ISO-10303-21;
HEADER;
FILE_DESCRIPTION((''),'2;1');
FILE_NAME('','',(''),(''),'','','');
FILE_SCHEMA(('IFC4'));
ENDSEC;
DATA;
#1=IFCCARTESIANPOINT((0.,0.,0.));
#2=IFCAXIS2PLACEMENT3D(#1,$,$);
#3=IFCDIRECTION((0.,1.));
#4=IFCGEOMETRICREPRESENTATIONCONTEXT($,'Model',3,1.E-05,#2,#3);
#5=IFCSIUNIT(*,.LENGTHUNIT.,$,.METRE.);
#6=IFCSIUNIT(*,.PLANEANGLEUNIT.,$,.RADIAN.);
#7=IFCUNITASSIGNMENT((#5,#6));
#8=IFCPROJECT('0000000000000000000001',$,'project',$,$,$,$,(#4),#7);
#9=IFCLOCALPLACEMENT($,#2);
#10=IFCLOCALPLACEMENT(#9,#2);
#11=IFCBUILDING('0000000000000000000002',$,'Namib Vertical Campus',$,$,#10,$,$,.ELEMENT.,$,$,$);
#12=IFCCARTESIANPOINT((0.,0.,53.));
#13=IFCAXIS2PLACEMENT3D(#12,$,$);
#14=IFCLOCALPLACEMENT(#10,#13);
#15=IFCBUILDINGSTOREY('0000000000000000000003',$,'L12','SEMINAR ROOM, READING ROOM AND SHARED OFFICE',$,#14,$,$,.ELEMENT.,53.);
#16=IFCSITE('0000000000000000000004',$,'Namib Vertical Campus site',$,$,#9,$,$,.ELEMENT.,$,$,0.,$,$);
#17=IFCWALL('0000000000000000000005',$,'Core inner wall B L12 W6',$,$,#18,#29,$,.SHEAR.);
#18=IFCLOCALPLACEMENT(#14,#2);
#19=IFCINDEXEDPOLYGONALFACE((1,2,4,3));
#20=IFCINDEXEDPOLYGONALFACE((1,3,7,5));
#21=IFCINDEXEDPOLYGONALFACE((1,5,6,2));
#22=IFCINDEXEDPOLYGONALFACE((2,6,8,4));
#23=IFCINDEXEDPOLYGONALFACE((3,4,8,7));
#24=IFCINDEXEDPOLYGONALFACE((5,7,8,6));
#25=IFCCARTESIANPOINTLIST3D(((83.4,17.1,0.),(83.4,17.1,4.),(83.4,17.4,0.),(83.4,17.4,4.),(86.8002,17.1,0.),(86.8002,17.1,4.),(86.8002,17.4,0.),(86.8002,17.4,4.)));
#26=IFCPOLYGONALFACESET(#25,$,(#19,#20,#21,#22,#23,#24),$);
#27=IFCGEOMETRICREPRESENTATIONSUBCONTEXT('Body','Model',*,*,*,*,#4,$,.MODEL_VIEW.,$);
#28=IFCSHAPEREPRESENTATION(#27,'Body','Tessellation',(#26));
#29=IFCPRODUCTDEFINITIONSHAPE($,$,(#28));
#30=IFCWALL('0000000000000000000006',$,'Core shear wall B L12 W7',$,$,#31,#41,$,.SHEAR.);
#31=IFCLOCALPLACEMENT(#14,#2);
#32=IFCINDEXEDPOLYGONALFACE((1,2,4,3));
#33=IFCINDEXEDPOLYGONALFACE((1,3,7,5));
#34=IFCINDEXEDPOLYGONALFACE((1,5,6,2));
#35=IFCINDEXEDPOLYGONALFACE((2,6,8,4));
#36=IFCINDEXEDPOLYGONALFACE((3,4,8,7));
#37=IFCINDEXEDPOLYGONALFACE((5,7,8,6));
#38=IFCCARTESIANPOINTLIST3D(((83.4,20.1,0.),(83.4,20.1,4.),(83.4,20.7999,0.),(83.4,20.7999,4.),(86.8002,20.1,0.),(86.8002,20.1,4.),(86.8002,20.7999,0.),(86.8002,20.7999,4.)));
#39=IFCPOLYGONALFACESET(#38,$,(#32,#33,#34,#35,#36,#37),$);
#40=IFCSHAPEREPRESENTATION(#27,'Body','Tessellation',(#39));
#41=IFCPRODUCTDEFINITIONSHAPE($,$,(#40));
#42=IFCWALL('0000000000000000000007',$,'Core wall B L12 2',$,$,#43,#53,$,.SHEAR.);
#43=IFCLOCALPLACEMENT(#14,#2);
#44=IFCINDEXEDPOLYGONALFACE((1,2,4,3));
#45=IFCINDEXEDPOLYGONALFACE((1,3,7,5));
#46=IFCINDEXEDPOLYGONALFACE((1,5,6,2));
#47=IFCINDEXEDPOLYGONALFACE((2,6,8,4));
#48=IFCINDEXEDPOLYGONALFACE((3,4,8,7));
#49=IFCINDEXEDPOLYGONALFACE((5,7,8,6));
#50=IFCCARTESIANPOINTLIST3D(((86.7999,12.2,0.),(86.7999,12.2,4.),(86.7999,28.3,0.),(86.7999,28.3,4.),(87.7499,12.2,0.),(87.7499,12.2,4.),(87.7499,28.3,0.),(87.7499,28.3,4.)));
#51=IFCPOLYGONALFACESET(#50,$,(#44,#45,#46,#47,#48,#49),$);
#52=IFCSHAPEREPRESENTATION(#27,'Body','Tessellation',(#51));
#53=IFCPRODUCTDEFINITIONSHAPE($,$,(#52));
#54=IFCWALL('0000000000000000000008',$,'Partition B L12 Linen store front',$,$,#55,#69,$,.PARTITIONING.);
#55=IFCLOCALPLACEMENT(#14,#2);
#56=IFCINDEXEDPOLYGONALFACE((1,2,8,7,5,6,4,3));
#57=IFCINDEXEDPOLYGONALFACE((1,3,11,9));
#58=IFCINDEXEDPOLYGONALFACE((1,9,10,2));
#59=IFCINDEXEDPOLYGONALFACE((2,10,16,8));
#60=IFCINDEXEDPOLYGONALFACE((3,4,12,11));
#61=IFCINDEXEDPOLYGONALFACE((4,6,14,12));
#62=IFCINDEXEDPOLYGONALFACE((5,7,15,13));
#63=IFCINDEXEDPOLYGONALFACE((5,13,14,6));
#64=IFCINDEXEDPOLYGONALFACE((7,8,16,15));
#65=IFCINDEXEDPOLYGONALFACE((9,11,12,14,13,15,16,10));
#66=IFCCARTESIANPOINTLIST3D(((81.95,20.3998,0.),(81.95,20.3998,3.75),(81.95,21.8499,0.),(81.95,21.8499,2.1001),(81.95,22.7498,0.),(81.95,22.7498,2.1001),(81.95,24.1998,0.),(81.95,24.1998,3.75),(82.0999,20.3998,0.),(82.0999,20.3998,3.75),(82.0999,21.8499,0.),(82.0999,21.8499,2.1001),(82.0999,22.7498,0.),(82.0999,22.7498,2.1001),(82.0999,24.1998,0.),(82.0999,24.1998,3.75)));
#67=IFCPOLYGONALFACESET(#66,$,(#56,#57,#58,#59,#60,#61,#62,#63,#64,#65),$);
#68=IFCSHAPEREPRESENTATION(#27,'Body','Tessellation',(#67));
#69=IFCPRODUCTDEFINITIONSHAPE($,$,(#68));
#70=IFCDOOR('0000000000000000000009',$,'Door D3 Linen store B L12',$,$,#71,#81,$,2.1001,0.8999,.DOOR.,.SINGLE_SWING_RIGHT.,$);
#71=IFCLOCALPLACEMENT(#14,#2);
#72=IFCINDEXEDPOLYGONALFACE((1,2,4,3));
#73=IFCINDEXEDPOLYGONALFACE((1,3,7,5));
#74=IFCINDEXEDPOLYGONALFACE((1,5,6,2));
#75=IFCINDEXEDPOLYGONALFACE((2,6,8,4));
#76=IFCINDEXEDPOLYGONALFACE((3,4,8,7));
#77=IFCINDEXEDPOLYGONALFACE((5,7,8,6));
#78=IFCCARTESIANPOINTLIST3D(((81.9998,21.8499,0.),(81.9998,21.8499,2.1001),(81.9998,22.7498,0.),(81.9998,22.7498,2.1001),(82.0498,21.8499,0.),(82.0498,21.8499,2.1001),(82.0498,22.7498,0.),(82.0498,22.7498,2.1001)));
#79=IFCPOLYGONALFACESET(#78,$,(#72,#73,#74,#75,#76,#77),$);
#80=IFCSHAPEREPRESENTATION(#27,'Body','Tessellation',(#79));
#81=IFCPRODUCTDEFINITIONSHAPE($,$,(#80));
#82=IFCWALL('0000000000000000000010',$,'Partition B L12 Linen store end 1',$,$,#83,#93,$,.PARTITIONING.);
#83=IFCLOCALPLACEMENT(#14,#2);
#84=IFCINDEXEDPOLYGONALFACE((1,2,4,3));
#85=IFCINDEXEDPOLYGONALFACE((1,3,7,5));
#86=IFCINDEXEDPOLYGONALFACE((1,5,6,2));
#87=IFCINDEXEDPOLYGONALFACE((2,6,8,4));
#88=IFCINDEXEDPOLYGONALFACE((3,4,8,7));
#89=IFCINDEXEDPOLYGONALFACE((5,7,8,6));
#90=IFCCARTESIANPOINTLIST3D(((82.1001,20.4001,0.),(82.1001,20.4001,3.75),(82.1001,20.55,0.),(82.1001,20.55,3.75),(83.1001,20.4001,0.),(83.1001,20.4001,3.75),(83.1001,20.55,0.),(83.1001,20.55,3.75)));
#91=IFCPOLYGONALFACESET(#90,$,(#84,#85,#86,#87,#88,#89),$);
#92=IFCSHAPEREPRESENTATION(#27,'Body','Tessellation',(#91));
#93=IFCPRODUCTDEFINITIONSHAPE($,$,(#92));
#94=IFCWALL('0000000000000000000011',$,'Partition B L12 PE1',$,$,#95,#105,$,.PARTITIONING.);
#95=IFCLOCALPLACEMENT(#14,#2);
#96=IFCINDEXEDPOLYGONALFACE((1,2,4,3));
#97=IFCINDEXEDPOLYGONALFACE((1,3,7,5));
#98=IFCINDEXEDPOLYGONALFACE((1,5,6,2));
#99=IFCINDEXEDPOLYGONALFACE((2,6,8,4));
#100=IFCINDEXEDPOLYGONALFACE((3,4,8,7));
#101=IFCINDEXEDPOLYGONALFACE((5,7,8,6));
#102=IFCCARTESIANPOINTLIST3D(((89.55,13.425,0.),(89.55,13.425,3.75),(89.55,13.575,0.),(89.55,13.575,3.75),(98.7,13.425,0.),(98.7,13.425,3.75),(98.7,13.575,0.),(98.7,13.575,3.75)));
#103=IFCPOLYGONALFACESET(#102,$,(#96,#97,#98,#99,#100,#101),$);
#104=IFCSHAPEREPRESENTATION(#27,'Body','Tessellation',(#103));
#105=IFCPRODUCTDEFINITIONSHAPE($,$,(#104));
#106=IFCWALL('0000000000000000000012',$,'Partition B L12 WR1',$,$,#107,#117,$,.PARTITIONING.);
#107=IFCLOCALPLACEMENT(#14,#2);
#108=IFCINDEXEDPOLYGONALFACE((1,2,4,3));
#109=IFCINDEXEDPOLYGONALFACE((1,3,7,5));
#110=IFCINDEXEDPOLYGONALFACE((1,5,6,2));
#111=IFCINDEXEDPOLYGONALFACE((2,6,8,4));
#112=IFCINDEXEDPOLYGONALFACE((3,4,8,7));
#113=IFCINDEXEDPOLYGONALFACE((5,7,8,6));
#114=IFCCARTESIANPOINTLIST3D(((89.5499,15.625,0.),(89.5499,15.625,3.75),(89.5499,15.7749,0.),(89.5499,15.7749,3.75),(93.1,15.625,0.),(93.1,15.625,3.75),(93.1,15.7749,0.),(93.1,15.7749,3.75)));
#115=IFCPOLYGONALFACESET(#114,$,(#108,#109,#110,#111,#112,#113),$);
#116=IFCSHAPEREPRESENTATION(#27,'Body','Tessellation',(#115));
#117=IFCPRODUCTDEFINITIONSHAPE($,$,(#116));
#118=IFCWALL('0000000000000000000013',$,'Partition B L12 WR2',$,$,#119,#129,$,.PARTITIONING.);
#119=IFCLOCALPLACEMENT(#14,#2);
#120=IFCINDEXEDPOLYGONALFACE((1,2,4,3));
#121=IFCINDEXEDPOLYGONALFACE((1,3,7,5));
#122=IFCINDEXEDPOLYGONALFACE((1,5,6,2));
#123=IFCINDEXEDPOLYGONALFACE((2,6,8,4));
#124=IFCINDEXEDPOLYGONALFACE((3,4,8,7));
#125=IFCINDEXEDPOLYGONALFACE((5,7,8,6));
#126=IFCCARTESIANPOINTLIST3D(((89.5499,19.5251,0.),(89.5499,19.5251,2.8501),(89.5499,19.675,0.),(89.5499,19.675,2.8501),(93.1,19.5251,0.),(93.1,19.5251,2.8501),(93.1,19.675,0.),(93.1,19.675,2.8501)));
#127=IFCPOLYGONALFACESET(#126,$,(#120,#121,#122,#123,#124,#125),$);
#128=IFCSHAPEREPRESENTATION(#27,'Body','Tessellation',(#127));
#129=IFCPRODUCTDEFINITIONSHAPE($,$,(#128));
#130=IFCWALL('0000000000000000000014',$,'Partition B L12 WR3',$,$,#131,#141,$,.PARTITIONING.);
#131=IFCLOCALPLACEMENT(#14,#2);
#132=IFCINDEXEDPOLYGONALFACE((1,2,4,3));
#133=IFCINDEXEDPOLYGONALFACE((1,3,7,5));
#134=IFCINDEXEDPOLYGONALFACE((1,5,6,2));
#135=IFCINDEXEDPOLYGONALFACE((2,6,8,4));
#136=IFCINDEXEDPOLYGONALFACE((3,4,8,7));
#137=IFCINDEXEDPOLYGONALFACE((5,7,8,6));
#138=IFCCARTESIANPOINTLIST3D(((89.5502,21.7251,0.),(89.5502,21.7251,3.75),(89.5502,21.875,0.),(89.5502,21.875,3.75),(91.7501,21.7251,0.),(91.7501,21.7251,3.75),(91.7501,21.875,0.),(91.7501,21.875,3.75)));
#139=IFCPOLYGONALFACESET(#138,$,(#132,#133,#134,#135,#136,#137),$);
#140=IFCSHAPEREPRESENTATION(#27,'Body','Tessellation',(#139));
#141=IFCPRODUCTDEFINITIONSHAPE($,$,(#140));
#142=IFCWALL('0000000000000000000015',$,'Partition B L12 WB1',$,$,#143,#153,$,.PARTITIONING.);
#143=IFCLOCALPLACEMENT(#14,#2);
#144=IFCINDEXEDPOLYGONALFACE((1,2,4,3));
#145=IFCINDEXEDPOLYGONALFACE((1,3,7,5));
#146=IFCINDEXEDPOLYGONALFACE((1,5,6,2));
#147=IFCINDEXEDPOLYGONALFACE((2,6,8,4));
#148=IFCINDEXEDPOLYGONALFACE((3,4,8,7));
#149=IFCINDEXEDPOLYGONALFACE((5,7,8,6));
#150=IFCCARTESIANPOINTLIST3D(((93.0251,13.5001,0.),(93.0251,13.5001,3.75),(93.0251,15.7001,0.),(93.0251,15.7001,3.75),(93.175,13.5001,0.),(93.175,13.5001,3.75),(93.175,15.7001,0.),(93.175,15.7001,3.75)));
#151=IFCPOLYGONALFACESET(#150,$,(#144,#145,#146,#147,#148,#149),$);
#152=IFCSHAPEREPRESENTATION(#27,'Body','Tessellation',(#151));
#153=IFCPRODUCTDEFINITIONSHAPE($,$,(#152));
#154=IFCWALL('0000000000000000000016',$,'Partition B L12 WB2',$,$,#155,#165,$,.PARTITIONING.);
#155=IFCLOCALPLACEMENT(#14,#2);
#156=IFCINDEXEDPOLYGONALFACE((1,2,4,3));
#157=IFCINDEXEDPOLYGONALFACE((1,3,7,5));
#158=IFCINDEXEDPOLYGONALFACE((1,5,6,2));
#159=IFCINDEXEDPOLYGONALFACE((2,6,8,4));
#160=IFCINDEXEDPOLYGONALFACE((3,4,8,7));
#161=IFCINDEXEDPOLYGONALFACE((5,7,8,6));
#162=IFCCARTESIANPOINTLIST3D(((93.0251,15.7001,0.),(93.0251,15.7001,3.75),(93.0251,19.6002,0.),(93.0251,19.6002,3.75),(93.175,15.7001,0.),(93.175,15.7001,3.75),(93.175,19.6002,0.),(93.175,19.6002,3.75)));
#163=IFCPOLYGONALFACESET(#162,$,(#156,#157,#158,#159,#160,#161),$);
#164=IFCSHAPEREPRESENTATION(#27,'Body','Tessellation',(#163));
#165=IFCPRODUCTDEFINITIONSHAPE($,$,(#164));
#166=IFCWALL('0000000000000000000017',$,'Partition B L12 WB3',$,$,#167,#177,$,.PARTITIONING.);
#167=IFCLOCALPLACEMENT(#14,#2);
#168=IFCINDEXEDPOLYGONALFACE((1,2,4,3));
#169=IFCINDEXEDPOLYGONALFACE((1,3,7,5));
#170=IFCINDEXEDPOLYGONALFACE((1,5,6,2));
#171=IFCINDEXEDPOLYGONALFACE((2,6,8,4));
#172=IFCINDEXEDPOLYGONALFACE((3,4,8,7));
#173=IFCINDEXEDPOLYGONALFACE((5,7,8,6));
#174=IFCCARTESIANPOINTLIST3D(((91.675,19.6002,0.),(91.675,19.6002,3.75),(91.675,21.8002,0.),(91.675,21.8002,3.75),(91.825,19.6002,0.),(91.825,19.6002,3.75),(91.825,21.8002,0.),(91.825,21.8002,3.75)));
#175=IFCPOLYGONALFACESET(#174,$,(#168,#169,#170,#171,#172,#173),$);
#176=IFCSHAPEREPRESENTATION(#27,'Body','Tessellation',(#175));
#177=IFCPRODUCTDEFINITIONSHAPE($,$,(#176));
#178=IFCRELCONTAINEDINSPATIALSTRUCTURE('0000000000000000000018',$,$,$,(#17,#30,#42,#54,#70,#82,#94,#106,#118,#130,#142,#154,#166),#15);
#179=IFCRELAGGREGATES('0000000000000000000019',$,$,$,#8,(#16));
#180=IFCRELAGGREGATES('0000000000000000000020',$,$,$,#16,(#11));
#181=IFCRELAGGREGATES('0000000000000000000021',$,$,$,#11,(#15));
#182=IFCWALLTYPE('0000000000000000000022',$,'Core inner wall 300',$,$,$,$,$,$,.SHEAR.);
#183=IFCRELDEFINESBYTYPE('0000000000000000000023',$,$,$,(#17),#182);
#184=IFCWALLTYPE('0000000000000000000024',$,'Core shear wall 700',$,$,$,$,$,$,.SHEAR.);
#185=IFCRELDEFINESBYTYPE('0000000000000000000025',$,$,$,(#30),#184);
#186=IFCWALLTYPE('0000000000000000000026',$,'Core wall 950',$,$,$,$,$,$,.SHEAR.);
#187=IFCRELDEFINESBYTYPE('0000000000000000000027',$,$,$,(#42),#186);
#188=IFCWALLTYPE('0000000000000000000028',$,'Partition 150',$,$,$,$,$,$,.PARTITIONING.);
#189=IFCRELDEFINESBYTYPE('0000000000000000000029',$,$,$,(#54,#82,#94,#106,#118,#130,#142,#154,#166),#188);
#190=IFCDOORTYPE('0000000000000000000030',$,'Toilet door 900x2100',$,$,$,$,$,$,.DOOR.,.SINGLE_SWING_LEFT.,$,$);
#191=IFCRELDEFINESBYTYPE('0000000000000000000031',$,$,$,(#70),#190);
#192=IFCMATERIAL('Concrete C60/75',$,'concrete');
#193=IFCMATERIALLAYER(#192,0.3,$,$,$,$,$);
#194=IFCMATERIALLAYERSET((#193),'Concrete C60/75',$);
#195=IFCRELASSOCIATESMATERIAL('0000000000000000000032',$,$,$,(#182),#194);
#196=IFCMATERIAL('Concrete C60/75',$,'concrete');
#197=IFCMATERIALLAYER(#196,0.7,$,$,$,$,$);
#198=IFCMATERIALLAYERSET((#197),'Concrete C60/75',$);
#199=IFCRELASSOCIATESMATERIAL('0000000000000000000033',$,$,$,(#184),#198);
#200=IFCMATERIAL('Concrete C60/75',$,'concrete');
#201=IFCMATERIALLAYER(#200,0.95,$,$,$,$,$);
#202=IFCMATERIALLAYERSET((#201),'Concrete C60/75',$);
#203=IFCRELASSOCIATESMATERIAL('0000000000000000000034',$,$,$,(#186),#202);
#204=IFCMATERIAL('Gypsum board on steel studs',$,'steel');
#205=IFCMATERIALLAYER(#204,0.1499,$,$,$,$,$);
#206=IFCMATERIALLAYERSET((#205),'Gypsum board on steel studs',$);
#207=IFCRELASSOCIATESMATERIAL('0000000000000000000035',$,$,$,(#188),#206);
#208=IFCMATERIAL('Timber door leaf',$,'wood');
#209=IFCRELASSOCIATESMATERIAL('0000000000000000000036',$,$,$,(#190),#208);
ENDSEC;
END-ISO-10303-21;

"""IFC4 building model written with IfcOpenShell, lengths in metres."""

from ifc_helpers import new_model, si_unit, direction, frame, frame_2d, origin, place, context, subcontext, project, spatial, rectangle, extrude, material, layer, layer_set, type_object, element, fill, save


model = new_model("IFC4")

# Units and contexts
model_context = context("Model", 3, precision=1e-05, world=origin(), true_north=direction((0.0, 1.0)))
body_context = subcontext(model_context, "Body", "Model", "MODEL_VIEW")
ifc_project = project(units=[si_unit("LENGTHUNIT", "METRE"), si_unit("PLANEANGLEUNIT", "RADIAN")], contexts=[model_context])

# Site, building, storey
site_placement = place(None, origin())
site = spatial("IfcSite", under=ifc_project, at=site_placement, Name="Namib Vertical Campus site", CompositionType="ELEMENT", RefElevation=0.0)
building_placement = place(site_placement, origin())
building = spatial("IfcBuilding", under=site, at=building_placement, Name="Namib Vertical Campus", CompositionType="ELEMENT")
storey_placement = place(building_placement, frame((0.0, 0.0, 53.0)))
storey = spatial("IfcBuildingStorey", under=building, at=storey_placement, Name="L12", Description="SEMINAR ROOM, READING ROOM AND SHARED OFFICE", CompositionType="ELEMENT", Elevation=53.0)

# Shared definitions
ifc_material_1 = material(Name="Concrete C60/75", Category="concrete")
ifc_layer_1 = layer(ifc_material_1, 0.3)
ifc_layer_set_1 = layer_set([ifc_layer_1], Name="Concrete C60/75")
wall_type_1 = type_object("IfcWallType", Name="Core inner wall 300", PredefinedType="SHEAR", material=ifc_layer_set_1)

# Walls
for number, where, z_axis, x_axis, name in (
    (1, (83.3999, 17.25, 0.0), (0.0, 0.0, 1.0), (1.0, 0.0, 0.0), "Core inner wall B L12 W6"),
):
    element("IfcWall", number, at=place(storey_placement, frame(where, z_axis=z_axis, x_axis=x_axis)), inside=storey, type_object=wall_type_1, Name=name, PredefinedType="SHEAR", context=body_context, shape_type="SweptSolid", body=[
        extrude(rectangle(XDim=3.4001, YDim=0.3, at=frame_2d((1.7002, 0.0))), origin(), (0.0, 0.0, 1.0), 4.0),
    ])
ifc_material_2 = material(Name="Concrete C60/75", Category="concrete")
ifc_layer_2 = layer(ifc_material_2, 0.7)
ifc_layer_set_2 = layer_set([ifc_layer_2], Name="Concrete C60/75")
wall_type_2 = type_object("IfcWallType", Name="Core shear wall 700", PredefinedType="SHEAR", material=ifc_layer_set_2)
wall_1_placement = place(storey_placement, frame((83.3999, 20.45, 0.0), z_axis=(0.0, 0.0, 1.0), x_axis=(1.0, 0.0, 0.0)))
element("IfcWall", 2, at=wall_1_placement, inside=storey, type_object=wall_type_2, Name="Core shear wall B L12 W7", PredefinedType="SHEAR", context=body_context, shape_type="SweptSolid", body=[
    extrude(rectangle(XDim=3.4001, YDim=0.7, at=frame_2d((1.7002, 0.0))), origin(), (0.0, 0.0, 1.0), 4.0),
])
ifc_material_3 = material(Name="Concrete C60/75", Category="concrete")
ifc_layer_3 = layer(ifc_material_3, 0.95)
ifc_layer_set_3 = layer_set([ifc_layer_3], Name="Concrete C60/75")
wall_type_3 = type_object("IfcWallType", Name="Core wall 950", PredefinedType="SHEAR", material=ifc_layer_set_3)
wall_2_placement = place(storey_placement, frame((87.2749, 12.2, 0.0), z_axis=(0.0, 0.0, 1.0), x_axis=(0.0, 1.0, 0.0)))
element("IfcWall", 3, at=wall_2_placement, inside=storey, type_object=wall_type_3, Name="Core wall B L12 2", PredefinedType="SHEAR", context=body_context, shape_type="SweptSolid", body=[
    extrude(rectangle(XDim=16.1001, YDim=0.95, at=frame_2d((8.05, 0.0))), origin(), (0.0, 0.0, 1.0), 4.0),
])

# Wall, opening, door
ifc_material_4 = material(Name="Gypsum board on steel studs", Category="steel")
ifc_layer_4 = layer(ifc_material_4, 0.1499)
ifc_layer_set_4 = layer_set([ifc_layer_4], Name="Gypsum board on steel studs")
wall_type_4 = type_object("IfcWallType", Name="Partition 150", PredefinedType="PARTITIONING", material=ifc_layer_set_4)
wall_3_placement = place(storey_placement, frame((82.0249, 20.3999, 0.0), z_axis=(0.0, 0.0, 1.0), x_axis=(0.0, 1.0, 0.0)))
wall_3 = element("IfcWall", 4, at=wall_3_placement, inside=storey, type_object=wall_type_4, Name="Partition B L12 Linen store front", PredefinedType="PARTITIONING", context=body_context, shape_type="SweptSolid", body=[
    extrude(rectangle(XDim=3.8, YDim=0.1499, at=frame_2d((1.8999, 0.0))), origin(), (0.0, 0.0, 1.0), 3.75),
])
opening_1_placement = place(wall_3_placement, frame((1.45, 0.0, 0.0)))
opening_1 = element("IfcOpeningElement", 5, at=opening_1_placement, cuts=wall_3, PredefinedType="OPENING", context=body_context, shape_type="SweptSolid", body=[
    extrude(rectangle(XDim=0.8999, YDim=2.1001, at=frame_2d((0.45, 1.05))), frame((0.0, 0.085, 0.0), z_axis=(0.0, -1.0, 0.0), x_axis=(1.0, 0.0, 0.0)), (0.0, 0.0, 1.0), 0.1699),
])
ifc_material_5 = material(Name="Timber door leaf", Category="wood")
door_type_1 = type_object("IfcDoorType", Name="Toilet door 900x2100", OperationType="SINGLE_SWING_LEFT", PredefinedType="DOOR", material=ifc_material_5)
door_1_placement = place(opening_1_placement, frame((0.8999, 0.0, 0.0), z_axis=(0.0, 0.0, 1.0), x_axis=(-1.0, 0.0, 0.0)))
door_1 = element("IfcDoor", 6, at=door_1_placement, inside=storey, type_object=door_type_1, Name="Door D3 Linen store B L12", OperationType="SINGLE_SWING_RIGHT", OverallHeight=2.1001, OverallWidth=0.8999, PredefinedType="DOOR", context=body_context, shape_type="SweptSolid", body=[
    extrude(rectangle(XDim=0.8999, YDim=2.1001, at=frame_2d((0.45, 1.05))), frame((0.0, 0.0249, 0.0), z_axis=(0.0, -1.0, 0.0), x_axis=(1.0, 0.0, 0.0)), (0.0, 0.0, 1.0), 0.05),
])
fill(opening_1, door_1)

# Walls
wall_4_placement = place(storey_placement, frame((82.1001, 20.4751, 0.0), z_axis=(0.0, 0.0, 1.0), x_axis=(1.0, 0.0, 0.0)))
element("IfcWall", 7, at=wall_4_placement, inside=storey, type_object=wall_type_4, Name="Partition B L12 Linen store end 1", PredefinedType="PARTITIONING", context=body_context, shape_type="SweptSolid", body=[
    extrude(rectangle(XDim=1.0, YDim=0.1499, at=frame_2d((0.5, 0.0))), origin(), (0.0, 0.0, 1.0), 3.75),
])
wall_5_placement = place(storey_placement, frame((89.55, 13.5, 0.0), z_axis=(0.0, 0.0, 1.0), x_axis=(1.0, 0.0, 0.0)))
element("IfcWall", 8, at=wall_5_placement, inside=storey, type_object=wall_type_4, Name="Partition B L12 PE1", PredefinedType="PARTITIONING", context=body_context, shape_type="SweptSolid", body=[
    extrude(rectangle(XDim=9.1499, YDim=0.1499, at=frame_2d((4.575, 0.0))), origin(), (0.0, 0.0, 1.0), 3.75),
])
wall_6_placement = place(storey_placement, frame((89.55, 15.7, 0.0), z_axis=(0.0, 0.0, 1.0), x_axis=(1.0, 0.0, 0.0)))
element("IfcWall", 9, at=wall_6_placement, inside=storey, type_object=wall_type_4, Name="Partition B L12 WR1", PredefinedType="PARTITIONING", context=body_context, shape_type="SweptSolid", body=[
    extrude(rectangle(XDim=3.55, YDim=0.1499, at=frame_2d((1.7749, 0.0))), origin(), (0.0, 0.0, 1.0), 3.75),
])
wall_7_placement = place(storey_placement, frame((89.55, 19.6001, 0.0), z_axis=(0.0, 0.0, 1.0), x_axis=(1.0, 0.0, 0.0)))
element("IfcWall", 10, at=wall_7_placement, inside=storey, type_object=wall_type_4, Name="Partition B L12 WR2", PredefinedType="PARTITIONING", context=body_context, shape_type="SweptSolid", body=[
    extrude(rectangle(XDim=3.55, YDim=0.1499, at=frame_2d((1.7749, 0.0))), origin(), (0.0, 0.0, 1.0), 2.8501),
])
for number, where, z_axis, x_axis, name in (
    (11, (89.55, 21.8, 0.0), (0.0, 0.0, 1.0), (1.0, 0.0, 0.0), "Partition B L12 WR3"),
    (12, (93.1001, 13.5, 0.0), (0.0, 0.0, 1.0), (0.0, 1.0, 0.0), "Partition B L12 WB1"),
):
    element("IfcWall", number, at=place(storey_placement, frame(where, z_axis=z_axis, x_axis=x_axis)), inside=storey, type_object=wall_type_4, Name=name, PredefinedType="PARTITIONING", context=body_context, shape_type="SweptSolid", body=[
        extrude(rectangle(XDim=2.2, YDim=0.1499, at=frame_2d((1.1001, 0.0))), origin(), (0.0, 0.0, 1.0), 3.75),
    ])
wall_8_placement = place(storey_placement, frame((93.1001, 15.7, 0.0), z_axis=(0.0, 0.0, 1.0), x_axis=(0.0, 1.0, 0.0)))
element("IfcWall", 13, at=wall_8_placement, inside=storey, type_object=wall_type_4, Name="Partition B L12 WB2", PredefinedType="PARTITIONING", context=body_context, shape_type="SweptSolid", body=[
    extrude(rectangle(XDim=3.9001, YDim=0.1499, at=frame_2d((1.9502, 0.0))), origin(), (0.0, 0.0, 1.0), 3.75),
])
wall_9_placement = place(storey_placement, frame((91.75, 19.6001, 0.0), z_axis=(0.0, 0.0, 1.0), x_axis=(0.0, 1.0, 0.0)))
element("IfcWall", 14, at=wall_9_placement, inside=storey, type_object=wall_type_4, Name="Partition B L12 WB3", PredefinedType="PARTITIONING", context=body_context, shape_type="SweptSolid", body=[
    extrude(rectangle(XDim=2.2, YDim=0.1499, at=frame_2d((1.1001, 0.0))), origin(), (0.0, 0.0, 1.0), 3.75),
])

save(model, "model.ifc")
